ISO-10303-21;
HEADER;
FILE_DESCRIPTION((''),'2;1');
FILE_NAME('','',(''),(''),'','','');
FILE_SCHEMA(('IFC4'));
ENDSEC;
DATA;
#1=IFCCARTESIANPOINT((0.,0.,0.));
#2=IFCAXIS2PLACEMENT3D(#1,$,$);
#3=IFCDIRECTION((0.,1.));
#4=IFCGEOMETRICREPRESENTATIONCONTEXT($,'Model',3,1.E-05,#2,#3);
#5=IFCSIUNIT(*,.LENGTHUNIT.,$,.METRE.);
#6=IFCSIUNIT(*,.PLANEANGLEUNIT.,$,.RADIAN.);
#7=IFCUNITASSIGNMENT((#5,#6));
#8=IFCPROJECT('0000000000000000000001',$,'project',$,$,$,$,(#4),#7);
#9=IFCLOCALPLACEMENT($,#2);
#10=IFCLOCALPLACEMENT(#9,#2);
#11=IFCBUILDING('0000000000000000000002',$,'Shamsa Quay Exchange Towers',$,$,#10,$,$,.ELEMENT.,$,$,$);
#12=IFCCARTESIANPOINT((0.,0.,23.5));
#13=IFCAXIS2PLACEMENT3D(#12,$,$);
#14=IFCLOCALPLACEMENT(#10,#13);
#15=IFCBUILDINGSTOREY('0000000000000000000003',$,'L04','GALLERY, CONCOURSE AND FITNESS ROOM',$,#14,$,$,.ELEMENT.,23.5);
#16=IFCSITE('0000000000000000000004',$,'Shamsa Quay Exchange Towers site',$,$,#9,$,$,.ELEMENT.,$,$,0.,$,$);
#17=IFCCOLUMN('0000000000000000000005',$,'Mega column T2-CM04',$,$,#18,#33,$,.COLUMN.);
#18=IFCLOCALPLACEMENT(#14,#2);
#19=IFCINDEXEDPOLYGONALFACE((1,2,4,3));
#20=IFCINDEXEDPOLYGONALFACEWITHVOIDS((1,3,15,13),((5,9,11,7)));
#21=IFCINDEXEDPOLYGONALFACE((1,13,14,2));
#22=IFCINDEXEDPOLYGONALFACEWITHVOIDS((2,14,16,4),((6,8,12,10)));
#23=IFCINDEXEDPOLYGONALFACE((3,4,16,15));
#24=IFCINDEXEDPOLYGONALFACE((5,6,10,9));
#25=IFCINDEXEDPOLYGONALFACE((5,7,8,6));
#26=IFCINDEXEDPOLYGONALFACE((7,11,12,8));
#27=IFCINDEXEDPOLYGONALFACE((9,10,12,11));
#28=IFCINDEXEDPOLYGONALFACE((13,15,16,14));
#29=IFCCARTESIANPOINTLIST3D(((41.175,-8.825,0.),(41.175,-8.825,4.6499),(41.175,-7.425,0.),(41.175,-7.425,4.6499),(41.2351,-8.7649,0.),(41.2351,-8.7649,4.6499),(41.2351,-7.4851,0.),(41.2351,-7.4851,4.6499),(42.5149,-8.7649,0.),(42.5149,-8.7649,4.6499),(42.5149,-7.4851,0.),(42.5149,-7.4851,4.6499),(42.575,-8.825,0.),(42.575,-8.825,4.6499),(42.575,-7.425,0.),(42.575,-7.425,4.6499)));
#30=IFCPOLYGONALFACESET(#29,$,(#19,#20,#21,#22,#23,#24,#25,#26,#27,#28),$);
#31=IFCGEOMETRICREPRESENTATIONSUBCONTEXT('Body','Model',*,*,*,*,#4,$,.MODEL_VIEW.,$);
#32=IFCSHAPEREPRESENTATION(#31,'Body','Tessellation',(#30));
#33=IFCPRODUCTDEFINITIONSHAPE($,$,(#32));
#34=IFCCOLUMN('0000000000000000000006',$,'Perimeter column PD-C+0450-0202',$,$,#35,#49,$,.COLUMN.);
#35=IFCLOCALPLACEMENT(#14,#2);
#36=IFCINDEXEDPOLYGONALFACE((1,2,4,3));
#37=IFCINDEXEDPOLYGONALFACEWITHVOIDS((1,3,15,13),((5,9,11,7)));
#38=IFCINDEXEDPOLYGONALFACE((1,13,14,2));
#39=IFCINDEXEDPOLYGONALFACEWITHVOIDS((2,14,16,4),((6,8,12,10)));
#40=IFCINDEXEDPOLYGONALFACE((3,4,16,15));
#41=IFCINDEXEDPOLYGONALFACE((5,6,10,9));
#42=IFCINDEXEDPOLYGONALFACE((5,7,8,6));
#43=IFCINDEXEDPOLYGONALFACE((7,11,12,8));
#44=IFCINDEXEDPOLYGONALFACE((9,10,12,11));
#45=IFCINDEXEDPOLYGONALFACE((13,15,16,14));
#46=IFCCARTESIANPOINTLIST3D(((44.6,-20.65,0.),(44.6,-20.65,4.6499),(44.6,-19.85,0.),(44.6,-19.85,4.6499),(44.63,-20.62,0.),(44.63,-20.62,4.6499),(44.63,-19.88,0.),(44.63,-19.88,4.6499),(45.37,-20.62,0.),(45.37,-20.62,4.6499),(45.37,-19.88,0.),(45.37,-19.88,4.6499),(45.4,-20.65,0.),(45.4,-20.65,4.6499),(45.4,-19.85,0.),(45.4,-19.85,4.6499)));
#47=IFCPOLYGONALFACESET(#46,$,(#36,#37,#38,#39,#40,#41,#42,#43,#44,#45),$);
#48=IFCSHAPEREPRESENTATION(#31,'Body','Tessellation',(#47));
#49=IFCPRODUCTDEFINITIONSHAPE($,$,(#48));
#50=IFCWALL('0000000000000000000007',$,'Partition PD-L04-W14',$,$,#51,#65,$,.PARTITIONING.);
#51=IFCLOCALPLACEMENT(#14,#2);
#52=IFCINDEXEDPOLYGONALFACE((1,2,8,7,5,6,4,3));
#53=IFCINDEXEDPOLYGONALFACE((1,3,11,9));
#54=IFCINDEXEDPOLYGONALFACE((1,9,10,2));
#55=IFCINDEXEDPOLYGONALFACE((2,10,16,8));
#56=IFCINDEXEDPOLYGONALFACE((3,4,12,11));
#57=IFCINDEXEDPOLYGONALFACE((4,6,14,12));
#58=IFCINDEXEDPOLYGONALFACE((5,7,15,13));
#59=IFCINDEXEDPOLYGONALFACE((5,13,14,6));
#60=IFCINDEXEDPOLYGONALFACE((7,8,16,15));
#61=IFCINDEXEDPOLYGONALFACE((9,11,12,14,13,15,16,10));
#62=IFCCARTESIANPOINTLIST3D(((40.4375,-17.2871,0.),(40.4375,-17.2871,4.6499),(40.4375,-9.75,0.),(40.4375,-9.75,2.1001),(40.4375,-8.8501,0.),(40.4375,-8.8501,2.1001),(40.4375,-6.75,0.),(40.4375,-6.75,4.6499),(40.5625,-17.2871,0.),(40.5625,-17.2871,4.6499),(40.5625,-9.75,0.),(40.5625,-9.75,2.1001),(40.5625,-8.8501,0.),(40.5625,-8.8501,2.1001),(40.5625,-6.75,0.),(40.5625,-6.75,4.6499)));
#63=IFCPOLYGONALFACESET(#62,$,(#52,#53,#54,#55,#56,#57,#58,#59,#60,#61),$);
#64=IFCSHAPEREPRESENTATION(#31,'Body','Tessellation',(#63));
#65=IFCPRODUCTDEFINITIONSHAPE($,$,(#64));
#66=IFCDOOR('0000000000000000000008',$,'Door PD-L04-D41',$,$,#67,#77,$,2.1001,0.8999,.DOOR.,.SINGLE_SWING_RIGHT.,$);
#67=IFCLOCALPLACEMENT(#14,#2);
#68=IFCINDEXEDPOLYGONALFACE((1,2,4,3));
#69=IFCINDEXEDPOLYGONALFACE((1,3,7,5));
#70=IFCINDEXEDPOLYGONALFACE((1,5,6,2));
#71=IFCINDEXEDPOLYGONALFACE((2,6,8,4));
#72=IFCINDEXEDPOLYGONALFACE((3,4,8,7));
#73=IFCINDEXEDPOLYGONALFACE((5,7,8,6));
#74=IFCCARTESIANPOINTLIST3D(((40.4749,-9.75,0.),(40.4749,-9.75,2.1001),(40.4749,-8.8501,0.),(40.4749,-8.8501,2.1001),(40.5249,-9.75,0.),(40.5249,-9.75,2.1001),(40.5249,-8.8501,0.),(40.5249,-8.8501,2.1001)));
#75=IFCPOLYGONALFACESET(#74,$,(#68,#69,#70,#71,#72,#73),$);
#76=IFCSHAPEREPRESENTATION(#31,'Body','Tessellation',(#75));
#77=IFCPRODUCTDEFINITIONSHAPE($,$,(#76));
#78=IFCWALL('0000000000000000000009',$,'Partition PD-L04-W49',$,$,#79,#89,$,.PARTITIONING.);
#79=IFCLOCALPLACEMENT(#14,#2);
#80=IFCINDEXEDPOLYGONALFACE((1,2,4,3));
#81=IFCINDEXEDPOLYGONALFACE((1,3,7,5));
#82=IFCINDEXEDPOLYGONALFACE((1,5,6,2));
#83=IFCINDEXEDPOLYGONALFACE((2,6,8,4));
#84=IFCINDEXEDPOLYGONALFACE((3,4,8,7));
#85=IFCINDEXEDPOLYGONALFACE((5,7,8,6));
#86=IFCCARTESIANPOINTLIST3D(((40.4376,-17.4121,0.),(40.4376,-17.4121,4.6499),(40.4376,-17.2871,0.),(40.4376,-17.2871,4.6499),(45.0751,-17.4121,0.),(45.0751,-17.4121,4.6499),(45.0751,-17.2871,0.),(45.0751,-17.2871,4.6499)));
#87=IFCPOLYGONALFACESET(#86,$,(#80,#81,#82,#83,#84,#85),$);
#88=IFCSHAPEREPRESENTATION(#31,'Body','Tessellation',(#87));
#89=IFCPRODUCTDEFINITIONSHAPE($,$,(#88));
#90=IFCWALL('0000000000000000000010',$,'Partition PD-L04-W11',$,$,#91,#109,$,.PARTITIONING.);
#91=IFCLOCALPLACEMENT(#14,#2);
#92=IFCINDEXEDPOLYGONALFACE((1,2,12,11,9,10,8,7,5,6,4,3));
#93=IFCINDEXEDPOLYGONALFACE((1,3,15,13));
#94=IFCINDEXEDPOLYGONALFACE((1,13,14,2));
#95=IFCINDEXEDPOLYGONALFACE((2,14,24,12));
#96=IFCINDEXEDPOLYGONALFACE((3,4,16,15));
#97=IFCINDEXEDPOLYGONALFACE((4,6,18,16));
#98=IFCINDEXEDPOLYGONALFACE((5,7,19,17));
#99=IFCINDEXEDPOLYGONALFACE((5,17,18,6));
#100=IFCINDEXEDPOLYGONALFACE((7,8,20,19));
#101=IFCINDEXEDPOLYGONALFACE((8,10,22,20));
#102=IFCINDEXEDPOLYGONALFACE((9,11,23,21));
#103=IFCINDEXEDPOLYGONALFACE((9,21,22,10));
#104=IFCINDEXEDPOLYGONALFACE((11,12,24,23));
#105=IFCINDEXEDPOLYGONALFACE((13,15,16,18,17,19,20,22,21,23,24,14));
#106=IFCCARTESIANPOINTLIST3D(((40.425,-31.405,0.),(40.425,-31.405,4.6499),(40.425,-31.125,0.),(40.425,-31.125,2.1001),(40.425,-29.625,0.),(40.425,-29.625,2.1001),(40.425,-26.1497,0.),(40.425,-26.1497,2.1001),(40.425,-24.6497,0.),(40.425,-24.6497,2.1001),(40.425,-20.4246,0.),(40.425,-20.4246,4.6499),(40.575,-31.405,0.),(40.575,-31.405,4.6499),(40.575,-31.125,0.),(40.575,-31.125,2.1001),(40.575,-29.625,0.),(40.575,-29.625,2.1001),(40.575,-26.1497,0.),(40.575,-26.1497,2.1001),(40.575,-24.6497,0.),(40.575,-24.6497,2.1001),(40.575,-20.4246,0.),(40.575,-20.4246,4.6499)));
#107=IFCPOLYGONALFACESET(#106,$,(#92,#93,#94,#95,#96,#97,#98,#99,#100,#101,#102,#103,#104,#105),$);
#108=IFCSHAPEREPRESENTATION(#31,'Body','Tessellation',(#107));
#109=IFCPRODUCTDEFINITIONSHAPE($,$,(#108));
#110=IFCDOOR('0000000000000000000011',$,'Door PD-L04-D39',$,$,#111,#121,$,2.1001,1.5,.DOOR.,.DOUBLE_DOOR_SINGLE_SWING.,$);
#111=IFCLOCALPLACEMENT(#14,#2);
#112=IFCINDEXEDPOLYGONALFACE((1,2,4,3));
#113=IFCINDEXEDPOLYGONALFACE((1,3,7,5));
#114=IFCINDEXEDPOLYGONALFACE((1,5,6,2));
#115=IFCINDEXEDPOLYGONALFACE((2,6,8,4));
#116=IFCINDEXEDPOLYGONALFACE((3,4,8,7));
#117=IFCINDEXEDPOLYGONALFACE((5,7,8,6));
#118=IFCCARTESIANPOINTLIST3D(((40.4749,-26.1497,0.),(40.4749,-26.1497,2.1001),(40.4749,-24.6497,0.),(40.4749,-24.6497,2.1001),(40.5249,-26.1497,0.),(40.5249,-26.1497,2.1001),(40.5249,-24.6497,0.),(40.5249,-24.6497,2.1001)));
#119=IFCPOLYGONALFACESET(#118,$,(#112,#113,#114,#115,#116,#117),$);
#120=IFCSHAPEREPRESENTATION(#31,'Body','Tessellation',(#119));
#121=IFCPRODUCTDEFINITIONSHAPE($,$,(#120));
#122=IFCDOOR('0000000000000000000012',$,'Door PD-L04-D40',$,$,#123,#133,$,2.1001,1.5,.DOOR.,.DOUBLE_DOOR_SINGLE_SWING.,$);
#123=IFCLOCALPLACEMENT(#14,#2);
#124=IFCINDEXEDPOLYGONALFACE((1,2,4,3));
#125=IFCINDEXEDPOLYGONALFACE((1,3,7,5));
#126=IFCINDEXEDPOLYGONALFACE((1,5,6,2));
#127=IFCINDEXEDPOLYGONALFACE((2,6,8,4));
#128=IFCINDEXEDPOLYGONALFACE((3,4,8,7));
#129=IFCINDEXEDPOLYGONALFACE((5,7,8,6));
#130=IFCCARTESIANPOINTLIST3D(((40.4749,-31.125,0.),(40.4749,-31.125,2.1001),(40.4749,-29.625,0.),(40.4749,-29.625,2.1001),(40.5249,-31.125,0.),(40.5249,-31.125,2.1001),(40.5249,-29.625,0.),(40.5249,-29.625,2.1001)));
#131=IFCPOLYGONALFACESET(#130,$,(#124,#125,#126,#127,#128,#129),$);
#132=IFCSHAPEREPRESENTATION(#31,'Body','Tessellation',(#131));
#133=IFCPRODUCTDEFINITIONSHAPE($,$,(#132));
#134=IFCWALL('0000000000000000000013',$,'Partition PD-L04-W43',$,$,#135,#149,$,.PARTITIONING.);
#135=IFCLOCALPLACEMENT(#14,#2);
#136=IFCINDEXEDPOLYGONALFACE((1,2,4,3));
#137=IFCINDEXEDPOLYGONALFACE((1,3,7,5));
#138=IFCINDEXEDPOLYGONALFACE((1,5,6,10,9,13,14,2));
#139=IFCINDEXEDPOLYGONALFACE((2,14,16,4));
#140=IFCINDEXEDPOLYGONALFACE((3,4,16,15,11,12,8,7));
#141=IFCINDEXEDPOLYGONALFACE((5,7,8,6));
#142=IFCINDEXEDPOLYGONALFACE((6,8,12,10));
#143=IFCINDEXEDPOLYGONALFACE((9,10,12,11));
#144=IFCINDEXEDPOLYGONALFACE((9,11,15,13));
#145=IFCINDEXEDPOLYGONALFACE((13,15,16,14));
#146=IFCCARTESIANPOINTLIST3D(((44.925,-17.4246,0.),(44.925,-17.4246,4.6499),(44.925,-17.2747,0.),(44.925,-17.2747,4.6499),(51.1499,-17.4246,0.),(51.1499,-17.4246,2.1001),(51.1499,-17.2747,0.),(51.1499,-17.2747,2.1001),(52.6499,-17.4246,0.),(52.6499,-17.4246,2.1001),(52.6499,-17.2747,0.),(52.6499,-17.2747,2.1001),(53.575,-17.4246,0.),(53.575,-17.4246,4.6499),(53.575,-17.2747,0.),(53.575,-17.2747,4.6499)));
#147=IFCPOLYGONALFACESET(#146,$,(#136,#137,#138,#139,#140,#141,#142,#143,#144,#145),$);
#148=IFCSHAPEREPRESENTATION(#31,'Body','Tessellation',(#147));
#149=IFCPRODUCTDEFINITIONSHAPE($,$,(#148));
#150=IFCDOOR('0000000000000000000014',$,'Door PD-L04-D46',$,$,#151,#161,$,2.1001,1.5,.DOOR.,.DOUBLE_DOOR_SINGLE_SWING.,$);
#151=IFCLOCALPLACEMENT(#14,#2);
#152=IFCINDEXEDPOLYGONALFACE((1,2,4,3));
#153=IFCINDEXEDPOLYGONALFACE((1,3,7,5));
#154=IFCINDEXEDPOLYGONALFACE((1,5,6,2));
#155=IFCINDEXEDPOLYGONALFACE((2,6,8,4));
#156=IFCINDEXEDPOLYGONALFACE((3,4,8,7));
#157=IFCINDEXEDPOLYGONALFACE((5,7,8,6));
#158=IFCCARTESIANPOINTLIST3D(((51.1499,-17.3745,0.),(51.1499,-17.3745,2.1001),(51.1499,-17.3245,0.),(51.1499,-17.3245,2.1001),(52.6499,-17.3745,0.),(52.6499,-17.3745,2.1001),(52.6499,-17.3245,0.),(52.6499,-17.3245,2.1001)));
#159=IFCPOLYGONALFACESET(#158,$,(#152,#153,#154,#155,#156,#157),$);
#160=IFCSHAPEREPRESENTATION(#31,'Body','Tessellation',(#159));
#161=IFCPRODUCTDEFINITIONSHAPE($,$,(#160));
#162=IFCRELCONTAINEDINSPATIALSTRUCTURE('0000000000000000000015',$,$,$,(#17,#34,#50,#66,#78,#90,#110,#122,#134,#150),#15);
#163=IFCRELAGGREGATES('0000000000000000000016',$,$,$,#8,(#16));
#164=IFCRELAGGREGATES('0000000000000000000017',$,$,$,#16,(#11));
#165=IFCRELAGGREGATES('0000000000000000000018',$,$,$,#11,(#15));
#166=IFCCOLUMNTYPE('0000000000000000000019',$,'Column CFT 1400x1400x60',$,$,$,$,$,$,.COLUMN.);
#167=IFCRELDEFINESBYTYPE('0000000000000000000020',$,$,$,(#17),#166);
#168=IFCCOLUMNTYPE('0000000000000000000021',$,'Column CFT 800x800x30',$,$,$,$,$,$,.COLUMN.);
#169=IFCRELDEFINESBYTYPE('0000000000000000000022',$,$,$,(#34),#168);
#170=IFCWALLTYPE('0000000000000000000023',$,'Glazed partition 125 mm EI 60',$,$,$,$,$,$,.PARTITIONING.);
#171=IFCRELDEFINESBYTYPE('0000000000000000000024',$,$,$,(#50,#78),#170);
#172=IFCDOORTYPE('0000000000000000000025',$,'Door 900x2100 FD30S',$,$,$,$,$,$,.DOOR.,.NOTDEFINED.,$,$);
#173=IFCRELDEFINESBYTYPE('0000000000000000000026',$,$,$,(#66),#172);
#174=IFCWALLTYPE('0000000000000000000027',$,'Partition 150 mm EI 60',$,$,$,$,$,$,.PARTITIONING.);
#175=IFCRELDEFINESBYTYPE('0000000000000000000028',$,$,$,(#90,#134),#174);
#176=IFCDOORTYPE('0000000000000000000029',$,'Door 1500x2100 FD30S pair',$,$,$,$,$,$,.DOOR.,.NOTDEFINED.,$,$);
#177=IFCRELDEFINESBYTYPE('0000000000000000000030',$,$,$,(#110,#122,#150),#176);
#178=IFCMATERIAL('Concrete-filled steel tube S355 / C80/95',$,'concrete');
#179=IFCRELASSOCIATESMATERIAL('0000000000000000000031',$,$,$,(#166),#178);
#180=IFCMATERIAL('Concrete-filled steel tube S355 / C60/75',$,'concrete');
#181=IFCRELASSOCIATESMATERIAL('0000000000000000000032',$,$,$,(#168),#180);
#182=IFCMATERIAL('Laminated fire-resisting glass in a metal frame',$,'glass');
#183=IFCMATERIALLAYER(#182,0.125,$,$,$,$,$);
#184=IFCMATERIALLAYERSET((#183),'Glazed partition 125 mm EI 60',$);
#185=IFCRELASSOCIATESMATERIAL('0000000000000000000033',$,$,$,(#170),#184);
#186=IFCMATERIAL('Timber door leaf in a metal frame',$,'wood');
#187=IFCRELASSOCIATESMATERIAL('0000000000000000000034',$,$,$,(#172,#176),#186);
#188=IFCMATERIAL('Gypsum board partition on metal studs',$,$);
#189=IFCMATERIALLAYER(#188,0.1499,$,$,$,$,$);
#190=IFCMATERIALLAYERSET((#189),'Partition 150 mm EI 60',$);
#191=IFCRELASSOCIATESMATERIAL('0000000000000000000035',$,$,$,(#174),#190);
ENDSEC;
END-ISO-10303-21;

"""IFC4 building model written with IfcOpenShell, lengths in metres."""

from ifc_helpers import new_model, si_unit, direction, frame, frame_2d, origin, origin_2d, place, context, subcontext, project, spatial, rectangle, hollow_rectangle, extrude, material, layer, layer_set, material_profile, profile_set, type_object, element, fill, save


model = new_model("IFC4")

# Units and contexts
model_context = context("Model", 3, precision=1e-05, world=origin(), true_north=direction((0.0, 1.0)))
body_context = subcontext(model_context, "Body", "Model", "MODEL_VIEW")
ifc_project = project(units=[si_unit("LENGTHUNIT", "METRE"), si_unit("PLANEANGLEUNIT", "RADIAN")], contexts=[model_context])

# Site, building, storey
site_placement = place(None, origin())
site = spatial("IfcSite", under=ifc_project, at=site_placement, Name="Shamsa Quay Exchange Towers site", CompositionType="ELEMENT", RefElevation=0.0)
building_placement = place(site_placement, origin())
building = spatial("IfcBuilding", under=site, at=building_placement, Name="Shamsa Quay Exchange Towers", CompositionType="ELEMENT")
storey_placement = place(building_placement, frame((0.0, 0.0, 23.5)))
storey = spatial("IfcBuildingStorey", under=building, at=storey_placement, Name="L04", Description="GALLERY, CONCOURSE AND FITNESS ROOM", CompositionType="ELEMENT", Elevation=23.5)

# Columns
ifc_material_1 = material(Name="Concrete-filled steel tube S355 / C80/95", Category="concrete")
ifc_material_profile_1 = material_profile(ifc_material_1, hollow_rectangle(XDim=1.3999, YDim=1.3999, WallThickness=0.0601, at=origin_2d()), Name="CFT 1400x1400x60")
ifc_profile_set_1 = profile_set([ifc_material_profile_1], Name="Concrete-filled steel tube S355 / C80/95")
column_type_1 = type_object("IfcColumnType", Name="Column CFT 1400x1400x60", PredefinedType="COLUMN", material=ifc_profile_set_1)
column_1_placement = place(storey_placement, frame((41.875, -8.125, 0.0)))
element("IfcColumn", 1, at=column_1_placement, inside=storey, type_object=column_type_1, Name="Mega column T2-CM04", PredefinedType="COLUMN", context=body_context, shape_type="SweptSolid", body=[
    extrude(hollow_rectangle(XDim=1.3999, YDim=1.3999, WallThickness=0.0601, at=origin_2d()), origin(), (0.0, 0.0, 1.0), 4.6499),
])
ifc_material_2 = material(Name="Concrete-filled steel tube S355 / C60/75", Category="concrete")
ifc_material_profile_2 = material_profile(ifc_material_2, hollow_rectangle(XDim=0.8, YDim=0.8, WallThickness=0.03, at=origin_2d()), Name="CFT 800x800x30")
ifc_profile_set_2 = profile_set([ifc_material_profile_2], Name="Concrete-filled steel tube S355 / C60/75")
column_type_2 = type_object("IfcColumnType", Name="Column CFT 800x800x30", PredefinedType="COLUMN", material=ifc_profile_set_2)
column_2_placement = place(storey_placement, frame((45.0, -20.25, 0.0)))
element("IfcColumn", 2, at=column_2_placement, inside=storey, type_object=column_type_2, Name="Perimeter column PD-C+0450-0202", PredefinedType="COLUMN", context=body_context, shape_type="SweptSolid", body=[
    extrude(hollow_rectangle(XDim=0.8, YDim=0.8, WallThickness=0.03, at=origin_2d()), origin(), (0.0, 0.0, 1.0), 4.6499),
])

# Wall, opening, door
ifc_material_3 = material(Name="Laminated fire-resisting glass in a metal frame", Category="glass")
ifc_layer_1 = layer(ifc_material_3, 0.125)
ifc_layer_set_1 = layer_set([ifc_layer_1], Name="Glazed partition 125 mm EI 60")
wall_type_1 = type_object("IfcWallType", Name="Glazed partition 125 mm EI 60", PredefinedType="PARTITIONING", material=ifc_layer_set_1)
wall_1_placement = place(storey_placement, frame((40.5, -6.75, 0.0), z_axis=(0.0, 0.0, 1.0), x_axis=(0.0, -1.0, 0.0)))
wall_1 = element("IfcWall", 3, at=wall_1_placement, inside=storey, type_object=wall_type_1, Name="Partition PD-L04-W14", PredefinedType="PARTITIONING", context=body_context, shape_type="SweptSolid", body=[
    extrude(rectangle(XDim=10.5371, YDim=0.125, at=frame_2d((5.2686, 0.0))), origin(), (0.0, 0.0, 1.0), 4.6499),
])
opening_1_placement = place(wall_1_placement, frame((2.1001, 0.0, 0.0)))
opening_1 = element("IfcOpeningElement", 4, at=opening_1_placement, cuts=wall_1, PredefinedType="OPENING", context=body_context, shape_type="SweptSolid", body=[
    extrude(rectangle(XDim=0.8999, YDim=2.1001, at=frame_2d((0.45, 1.05))), frame((0.0, 0.0725, 0.0), z_axis=(0.0, -1.0, 0.0), x_axis=(1.0, 0.0, 0.0)), (0.0, 0.0, 1.0), 0.145),
])
ifc_material_4 = material(Name="Timber door leaf in a metal frame", Category="wood")
door_type_1 = type_object("IfcDoorType", Name="Door 900x2100 FD30S", OperationType="NOTDEFINED", PredefinedType="DOOR", material=ifc_material_4)
door_1_placement = place(opening_1_placement, origin())
door_1 = element("IfcDoor", 5, at=door_1_placement, inside=storey, type_object=door_type_1, Name="Door PD-L04-D41", OperationType="SINGLE_SWING_RIGHT", OverallHeight=2.1001, OverallWidth=0.8999, PredefinedType="DOOR", context=body_context, shape_type="SweptSolid", body=[
    extrude(rectangle(XDim=0.8999, YDim=2.1001, at=frame_2d((0.45, 1.05))), frame((0.0, 0.0249, 0.0), z_axis=(0.0, -1.0, 0.0), x_axis=(1.0, 0.0, 0.0)), (0.0, 0.0, 1.0), 0.05),
])
fill(opening_1, door_1)

# Wall
wall_2_placement = place(storey_placement, frame((40.4375, -17.3496, 0.0)))
element("IfcWall", 6, at=wall_2_placement, inside=storey, type_object=wall_type_1, Name="Partition PD-L04-W49", PredefinedType="PARTITIONING", context=body_context, shape_type="SweptSolid", body=[
    extrude(rectangle(XDim=4.6375, YDim=0.125, at=frame_2d((2.3188, 0.0))), origin(), (0.0, 0.0, 1.0), 4.6499),
])

# Wall, openings, doors
ifc_material_5 = material(Name="Gypsum board partition on metal studs")
ifc_layer_2 = layer(ifc_material_5, 0.1499)
ifc_layer_set_2 = layer_set([ifc_layer_2], Name="Partition 150 mm EI 60")
wall_type_2 = type_object("IfcWallType", Name="Partition 150 mm EI 60", PredefinedType="PARTITIONING", material=ifc_layer_set_2)
wall_3_placement = place(storey_placement, frame((40.5, -20.4246, 0.0), z_axis=(0.0, 0.0, 1.0), x_axis=(0.0, -1.0, 0.0)))
wall_3 = element("IfcWall", 7, at=wall_3_placement, inside=storey, type_object=wall_type_2, Name="Partition PD-L04-W11", PredefinedType="PARTITIONING", context=body_context, shape_type="SweptSolid", body=[
    extrude(rectangle(XDim=10.9805, YDim=0.1499, at=frame_2d((5.4902, 0.0))), origin(), (0.0, 0.0, 1.0), 4.6499),
])
opening_2_placement = place(wall_3_placement, frame((4.2251, 0.0, 0.0)))
opening_2 = element("IfcOpeningElement", 8, at=opening_2_placement, cuts=wall_3, PredefinedType="OPENING", context=body_context, shape_type="SweptSolid", body=[
    extrude(rectangle(XDim=1.5, YDim=2.1001, at=frame_2d((0.75, 1.05))), frame((0.0, 0.085, 0.0), z_axis=(0.0, -1.0, 0.0), x_axis=(1.0, 0.0, 0.0)), (0.0, 0.0, 1.0), 0.1699),
])
opening_3_placement = place(wall_3_placement, frame((9.2004, 0.0, 0.0)))
opening_3 = element("IfcOpeningElement", 9, at=opening_3_placement, cuts=wall_3, PredefinedType="OPENING", context=body_context, shape_type="SweptSolid", body=[
    extrude(rectangle(XDim=1.5, YDim=2.1001, at=frame_2d((0.75, 1.05))), frame((0.0, 0.085, 0.0), z_axis=(0.0, -1.0, 0.0), x_axis=(1.0, 0.0, 0.0)), (0.0, 0.0, 1.0), 0.1699),
])
door_type_2 = type_object("IfcDoorType", Name="Door 1500x2100 FD30S pair", OperationType="NOTDEFINED", PredefinedType="DOOR", material=ifc_material_4)
door_2_placement = place(opening_2_placement, origin())
door_2 = element("IfcDoor", 10, at=door_2_placement, inside=storey, type_object=door_type_2, Name="Door PD-L04-D39", OperationType="DOUBLE_DOOR_SINGLE_SWING", OverallHeight=2.1001, OverallWidth=1.5, PredefinedType="DOOR", context=body_context, shape_type="SweptSolid", body=[
    extrude(rectangle(XDim=1.5, YDim=2.1001, at=frame_2d((0.75, 1.05))), frame((0.0, 0.0249, 0.0), z_axis=(0.0, -1.0, 0.0), x_axis=(1.0, 0.0, 0.0)), (0.0, 0.0, 1.0), 0.05),
])
fill(opening_2, door_2)
door_3_placement = place(opening_3_placement, origin())
door_3 = element("IfcDoor", 11, at=door_3_placement, inside=storey, type_object=door_type_2, Name="Door PD-L04-D40", OperationType="DOUBLE_DOOR_SINGLE_SWING", OverallHeight=2.1001, OverallWidth=1.5, PredefinedType="DOOR", context=body_context, shape_type="SweptSolid", body=[
    extrude(rectangle(XDim=1.5, YDim=2.1001, at=frame_2d((0.75, 1.05))), frame((0.0, 0.0249, 0.0), z_axis=(0.0, -1.0, 0.0), x_axis=(1.0, 0.0, 0.0)), (0.0, 0.0, 1.0), 0.05),
])
fill(opening_3, door_3)

# Wall, opening, door
wall_4_placement = place(storey_placement, frame((53.575, -17.3496, 0.0), z_axis=(0.0, 0.0, 1.0), x_axis=(-1.0, 0.0, 0.0)))
wall_4 = element("IfcWall", 12, at=wall_4_placement, inside=storey, type_object=wall_type_2, Name="Partition PD-L04-W43", PredefinedType="PARTITIONING", context=body_context, shape_type="SweptSolid", body=[
    extrude(rectangle(XDim=8.6499, YDim=0.1499, at=frame_2d((4.325, 0.0))), origin(), (0.0, 0.0, 1.0), 4.6499),
])
opening_4_placement = place(wall_4_placement, frame((0.925, 0.0, 0.0)))
opening_4 = element("IfcOpeningElement", 13, at=opening_4_placement, cuts=wall_4, PredefinedType="OPENING", context=body_context, shape_type="SweptSolid", body=[
    extrude(rectangle(XDim=1.5, YDim=2.1001, at=frame_2d((0.75, 1.05))), frame((0.0, 0.085, 0.0), z_axis=(0.0, -1.0, 0.0), x_axis=(1.0, 0.0, 0.0)), (0.0, 0.0, 1.0), 0.1699),
])
door_4_placement = place(opening_4_placement, origin())
door_4 = element("IfcDoor", 14, at=door_4_placement, inside=storey, type_object=door_type_2, Name="Door PD-L04-D46", OperationType="DOUBLE_DOOR_SINGLE_SWING", OverallHeight=2.1001, OverallWidth=1.5, PredefinedType="DOOR", context=body_context, shape_type="SweptSolid", body=[
    extrude(rectangle(XDim=1.5, YDim=2.1001, at=frame_2d((0.75, 1.05))), frame((0.0, 0.0249, 0.0), z_axis=(0.0, -1.0, 0.0), x_axis=(1.0, 0.0, 0.0)), (0.0, 0.0, 1.0), 0.05),
])
fill(opening_4, door_4)

save(model, "model.ifc")
